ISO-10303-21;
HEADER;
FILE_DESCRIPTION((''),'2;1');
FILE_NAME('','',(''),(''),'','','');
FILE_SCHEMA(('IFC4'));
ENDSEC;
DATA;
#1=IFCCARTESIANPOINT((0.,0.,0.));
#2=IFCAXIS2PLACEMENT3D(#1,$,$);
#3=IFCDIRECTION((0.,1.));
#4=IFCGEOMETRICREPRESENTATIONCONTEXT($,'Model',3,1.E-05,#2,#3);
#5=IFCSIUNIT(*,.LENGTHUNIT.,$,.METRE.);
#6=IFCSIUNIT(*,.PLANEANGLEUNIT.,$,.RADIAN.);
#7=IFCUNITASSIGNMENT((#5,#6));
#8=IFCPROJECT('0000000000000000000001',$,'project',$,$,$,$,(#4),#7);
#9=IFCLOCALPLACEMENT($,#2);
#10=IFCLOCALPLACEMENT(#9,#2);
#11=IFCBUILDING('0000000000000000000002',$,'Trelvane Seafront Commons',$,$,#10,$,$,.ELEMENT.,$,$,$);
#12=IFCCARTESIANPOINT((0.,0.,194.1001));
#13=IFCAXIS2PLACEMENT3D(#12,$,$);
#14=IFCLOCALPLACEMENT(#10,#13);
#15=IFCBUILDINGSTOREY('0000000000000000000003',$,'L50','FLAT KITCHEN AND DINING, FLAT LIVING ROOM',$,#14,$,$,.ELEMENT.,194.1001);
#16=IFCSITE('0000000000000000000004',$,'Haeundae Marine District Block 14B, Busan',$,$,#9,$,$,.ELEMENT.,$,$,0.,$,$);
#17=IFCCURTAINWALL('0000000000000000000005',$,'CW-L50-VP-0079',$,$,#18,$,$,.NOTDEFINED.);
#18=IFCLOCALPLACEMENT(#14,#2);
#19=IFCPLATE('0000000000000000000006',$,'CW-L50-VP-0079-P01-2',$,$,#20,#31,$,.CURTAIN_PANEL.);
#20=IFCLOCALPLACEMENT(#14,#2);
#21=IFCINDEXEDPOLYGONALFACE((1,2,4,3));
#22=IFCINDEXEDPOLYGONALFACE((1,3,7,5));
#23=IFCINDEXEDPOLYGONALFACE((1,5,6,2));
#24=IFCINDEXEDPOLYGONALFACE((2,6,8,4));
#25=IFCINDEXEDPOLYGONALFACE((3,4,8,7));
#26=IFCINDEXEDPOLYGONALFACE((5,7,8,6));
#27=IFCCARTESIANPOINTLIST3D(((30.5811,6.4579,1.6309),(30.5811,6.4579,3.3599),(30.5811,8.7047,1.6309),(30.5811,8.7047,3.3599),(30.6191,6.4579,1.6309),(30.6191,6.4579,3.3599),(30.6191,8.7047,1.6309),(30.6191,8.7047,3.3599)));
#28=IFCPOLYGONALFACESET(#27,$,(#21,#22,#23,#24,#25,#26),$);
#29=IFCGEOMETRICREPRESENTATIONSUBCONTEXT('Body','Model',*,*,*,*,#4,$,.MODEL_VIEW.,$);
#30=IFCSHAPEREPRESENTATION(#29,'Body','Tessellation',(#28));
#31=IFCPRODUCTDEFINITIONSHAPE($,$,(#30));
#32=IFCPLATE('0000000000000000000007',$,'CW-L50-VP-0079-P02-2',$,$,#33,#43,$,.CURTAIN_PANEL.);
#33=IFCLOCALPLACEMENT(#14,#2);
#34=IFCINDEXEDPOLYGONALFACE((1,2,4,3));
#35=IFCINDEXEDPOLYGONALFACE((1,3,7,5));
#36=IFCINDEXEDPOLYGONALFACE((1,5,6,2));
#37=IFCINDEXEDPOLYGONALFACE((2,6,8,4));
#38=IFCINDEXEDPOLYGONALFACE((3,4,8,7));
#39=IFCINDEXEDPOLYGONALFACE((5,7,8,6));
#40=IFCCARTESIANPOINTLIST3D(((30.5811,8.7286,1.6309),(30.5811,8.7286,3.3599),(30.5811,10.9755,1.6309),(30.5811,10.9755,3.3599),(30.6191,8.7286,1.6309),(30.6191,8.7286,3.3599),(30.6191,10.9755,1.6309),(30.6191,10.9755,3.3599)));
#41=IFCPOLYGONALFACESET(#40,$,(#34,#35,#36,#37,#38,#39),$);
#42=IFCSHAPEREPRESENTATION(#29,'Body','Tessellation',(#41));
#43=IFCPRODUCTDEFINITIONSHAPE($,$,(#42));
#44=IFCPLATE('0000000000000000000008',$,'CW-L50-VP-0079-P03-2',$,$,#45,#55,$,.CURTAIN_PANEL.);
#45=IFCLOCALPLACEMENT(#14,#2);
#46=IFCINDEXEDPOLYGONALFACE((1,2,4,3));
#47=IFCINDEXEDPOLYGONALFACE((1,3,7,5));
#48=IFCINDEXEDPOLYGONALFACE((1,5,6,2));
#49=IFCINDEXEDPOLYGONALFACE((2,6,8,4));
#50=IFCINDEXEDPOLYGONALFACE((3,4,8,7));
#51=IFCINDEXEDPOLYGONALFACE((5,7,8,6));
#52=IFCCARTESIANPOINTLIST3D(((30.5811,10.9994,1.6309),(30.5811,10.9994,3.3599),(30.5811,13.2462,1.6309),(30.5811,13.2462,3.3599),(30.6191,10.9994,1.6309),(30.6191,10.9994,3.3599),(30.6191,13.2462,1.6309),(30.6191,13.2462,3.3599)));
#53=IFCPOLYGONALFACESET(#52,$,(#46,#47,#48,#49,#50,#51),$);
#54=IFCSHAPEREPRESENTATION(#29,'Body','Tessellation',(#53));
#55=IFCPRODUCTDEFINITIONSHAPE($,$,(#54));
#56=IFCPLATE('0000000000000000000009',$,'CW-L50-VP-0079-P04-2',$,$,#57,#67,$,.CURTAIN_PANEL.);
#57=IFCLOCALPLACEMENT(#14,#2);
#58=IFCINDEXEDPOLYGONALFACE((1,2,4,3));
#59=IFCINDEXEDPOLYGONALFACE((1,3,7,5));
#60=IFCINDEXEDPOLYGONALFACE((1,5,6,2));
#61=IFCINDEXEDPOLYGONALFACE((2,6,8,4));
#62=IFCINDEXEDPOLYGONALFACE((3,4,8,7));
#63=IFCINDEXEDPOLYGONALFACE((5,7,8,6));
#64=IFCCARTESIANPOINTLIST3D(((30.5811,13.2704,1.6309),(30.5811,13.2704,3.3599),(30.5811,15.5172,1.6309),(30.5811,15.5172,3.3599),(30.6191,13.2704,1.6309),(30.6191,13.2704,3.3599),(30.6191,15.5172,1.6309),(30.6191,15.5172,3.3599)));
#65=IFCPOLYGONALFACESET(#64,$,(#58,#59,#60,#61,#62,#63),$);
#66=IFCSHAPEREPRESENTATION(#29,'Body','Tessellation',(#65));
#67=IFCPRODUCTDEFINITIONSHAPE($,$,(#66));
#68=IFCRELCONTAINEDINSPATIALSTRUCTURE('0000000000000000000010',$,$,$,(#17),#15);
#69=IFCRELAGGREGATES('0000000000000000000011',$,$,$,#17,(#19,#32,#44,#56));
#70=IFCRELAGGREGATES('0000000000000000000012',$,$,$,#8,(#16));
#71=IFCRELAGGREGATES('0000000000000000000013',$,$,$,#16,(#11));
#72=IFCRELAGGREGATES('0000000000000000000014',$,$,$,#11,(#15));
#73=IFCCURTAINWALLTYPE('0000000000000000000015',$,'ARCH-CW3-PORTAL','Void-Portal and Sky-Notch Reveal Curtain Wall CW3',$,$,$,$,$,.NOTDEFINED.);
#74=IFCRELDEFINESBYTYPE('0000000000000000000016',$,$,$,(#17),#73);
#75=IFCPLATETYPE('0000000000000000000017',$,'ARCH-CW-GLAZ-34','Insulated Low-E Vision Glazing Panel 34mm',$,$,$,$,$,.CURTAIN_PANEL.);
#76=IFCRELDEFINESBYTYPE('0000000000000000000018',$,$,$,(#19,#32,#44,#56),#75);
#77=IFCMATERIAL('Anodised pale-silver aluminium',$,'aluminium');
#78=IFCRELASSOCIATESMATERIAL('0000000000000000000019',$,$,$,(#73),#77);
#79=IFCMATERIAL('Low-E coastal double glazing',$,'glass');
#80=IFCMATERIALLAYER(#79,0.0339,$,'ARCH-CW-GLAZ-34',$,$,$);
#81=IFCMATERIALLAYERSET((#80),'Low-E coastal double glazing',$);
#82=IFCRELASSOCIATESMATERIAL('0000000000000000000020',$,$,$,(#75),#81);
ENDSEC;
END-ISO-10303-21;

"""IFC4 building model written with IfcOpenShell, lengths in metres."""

from ifc_helpers import new_model, si_unit, direction, frame, origin, origin_2d, place, context, subcontext, project, spatial, rectangle, extrude, source, transform, mapped, material, layer, layer_set, type_object, element, aggregate, save


model = new_model("IFC4")

# Units and contexts
model_context = context("Model", 3, precision=1e-05, world=origin(), true_north=direction((0.0, 1.0)))
body_context = subcontext(model_context, "Body", "Model", "MODEL_VIEW")
ifc_project = project(units=[si_unit("LENGTHUNIT", "METRE"), si_unit("PLANEANGLEUNIT", "RADIAN")], contexts=[model_context])

# Site, building, storey
site_placement = place(None, origin())
site = spatial("IfcSite", under=ifc_project, at=site_placement, Name="Haeundae Marine District Block 14B, Busan", CompositionType="ELEMENT", RefElevation=0.0)
building_placement = place(site_placement, origin())
building = spatial("IfcBuilding", under=site, at=building_placement, Name="Trelvane Seafront Commons", CompositionType="ELEMENT")
storey_placement = place(building_placement, frame((0.0, 0.0, 194.1001)))
storey = spatial("IfcBuildingStorey", under=building, at=storey_placement, Name="L50", Description="FLAT KITCHEN AND DINING, FLAT LIVING ROOM", CompositionType="ELEMENT", Elevation=194.1001)

# Curtain wall, plates
ifc_material_1 = material(Name="Anodised pale-silver aluminium", Category="aluminium")
curtain_wall_type = type_object("IfcCurtainWallType", Name="ARCH-CW3-PORTAL", Description="Void-Portal and Sky-Notch Reveal Curtain Wall CW3", PredefinedType="NOTDEFINED", material=ifc_material_1)
curtain_wall_placement = place(storey_placement, origin())
curtain_wall = element("IfcCurtainWall", 1, at=curtain_wall_placement, inside=storey, type_object=curtain_wall_type, Name="CW-L50-VP-0079", PredefinedType="NOTDEFINED")
ifc_material_2 = material(Name="Low-E coastal double glazing", Category="glass")
ifc_layer = layer(ifc_material_2, 0.0339, Name="ARCH-CW-GLAZ-34")
ifc_layer_set = layer_set([ifc_layer], Name="Low-E coastal double glazing")
plate_type = type_object("IfcPlateType", Name="ARCH-CW-GLAZ-34", Description="Insulated Low-E Vision Glazing Panel 34mm", PredefinedType="CURTAIN_PANEL", material=ifc_layer_set)
shared_shape_1 = source(origin(), body_context, "Body", "SweptSolid", [
    extrude(rectangle(XDim=2.2468, YDim=0.0381, at=origin_2d()), origin(), (0.0, 0.0, 1.0), 1.729),
])
plate_1_placement = place(storey_placement, frame((30.6001, 7.5813, 1.6309), z_axis=(0.0, 0.0, 1.0), x_axis=(0.0, 1.0, 0.0)))
plate_1 = element("IfcPlate", 2, at=plate_1_placement, type_object=plate_type, Name="CW-L50-VP-0079-P01-2", PredefinedType="CURTAIN_PANEL", context=body_context, shape_type="MappedRepresentation", body=[
    mapped(shared_shape_1, transform((0.0, 0.0, 0.0), x_axis=(1.0, 0.0, 0.0), y_axis=(0.0, 1.0, 0.0), z_axis=(0.0, 0.0, 1.0), scale=1.0)),
])
plate_2_placement = place(storey_placement, frame((30.6001, 9.8521, 1.6309), z_axis=(0.0, 0.0, 1.0), x_axis=(0.0, 1.0, 0.0)))
plate_2 = element("IfcPlate", 3, at=plate_2_placement, type_object=plate_type, Name="CW-L50-VP-0079-P02-2", PredefinedType="CURTAIN_PANEL", context=body_context, shape_type="MappedRepresentation", body=[
    mapped(shared_shape_1, transform((0.0, 0.0, 0.0), x_axis=(1.0, 0.0, 0.0), y_axis=(0.0, 1.0, 0.0), z_axis=(0.0, 0.0, 1.0), scale=1.0)),
])
plate_3_placement = place(storey_placement, frame((30.6001, 12.1228, 1.6309), z_axis=(0.0, 0.0, 1.0), x_axis=(0.0, 1.0, 0.0)))
plate_3 = element("IfcPlate", 4, at=plate_3_placement, type_object=plate_type, Name="CW-L50-VP-0079-P03-2", PredefinedType="CURTAIN_PANEL", context=body_context, shape_type="MappedRepresentation", body=[
    mapped(shared_shape_1, transform((0.0, 0.0, 0.0), x_axis=(1.0, 0.0, 0.0), y_axis=(0.0, 1.0, 0.0), z_axis=(0.0, 0.0, 1.0), scale=1.0)),
])
plate_4_placement = place(storey_placement, frame((30.6001, 14.3938, 1.6309), z_axis=(0.0, 0.0, 1.0), x_axis=(0.0, 1.0, 0.0)))
plate_4 = element("IfcPlate", 5, at=plate_4_placement, type_object=plate_type, Name="CW-L50-VP-0079-P04-2", PredefinedType="CURTAIN_PANEL", context=body_context, shape_type="MappedRepresentation", body=[
    mapped(shared_shape_1, transform((0.0, 0.0, 0.0), x_axis=(1.0, 0.0, 0.0), y_axis=(0.0, 1.0, 0.0), z_axis=(0.0, 0.0, 1.0), scale=1.0)),
])
aggregate(curtain_wall, [plate_1, plate_2, plate_3, plate_4])

save(model, "model.ifc")
